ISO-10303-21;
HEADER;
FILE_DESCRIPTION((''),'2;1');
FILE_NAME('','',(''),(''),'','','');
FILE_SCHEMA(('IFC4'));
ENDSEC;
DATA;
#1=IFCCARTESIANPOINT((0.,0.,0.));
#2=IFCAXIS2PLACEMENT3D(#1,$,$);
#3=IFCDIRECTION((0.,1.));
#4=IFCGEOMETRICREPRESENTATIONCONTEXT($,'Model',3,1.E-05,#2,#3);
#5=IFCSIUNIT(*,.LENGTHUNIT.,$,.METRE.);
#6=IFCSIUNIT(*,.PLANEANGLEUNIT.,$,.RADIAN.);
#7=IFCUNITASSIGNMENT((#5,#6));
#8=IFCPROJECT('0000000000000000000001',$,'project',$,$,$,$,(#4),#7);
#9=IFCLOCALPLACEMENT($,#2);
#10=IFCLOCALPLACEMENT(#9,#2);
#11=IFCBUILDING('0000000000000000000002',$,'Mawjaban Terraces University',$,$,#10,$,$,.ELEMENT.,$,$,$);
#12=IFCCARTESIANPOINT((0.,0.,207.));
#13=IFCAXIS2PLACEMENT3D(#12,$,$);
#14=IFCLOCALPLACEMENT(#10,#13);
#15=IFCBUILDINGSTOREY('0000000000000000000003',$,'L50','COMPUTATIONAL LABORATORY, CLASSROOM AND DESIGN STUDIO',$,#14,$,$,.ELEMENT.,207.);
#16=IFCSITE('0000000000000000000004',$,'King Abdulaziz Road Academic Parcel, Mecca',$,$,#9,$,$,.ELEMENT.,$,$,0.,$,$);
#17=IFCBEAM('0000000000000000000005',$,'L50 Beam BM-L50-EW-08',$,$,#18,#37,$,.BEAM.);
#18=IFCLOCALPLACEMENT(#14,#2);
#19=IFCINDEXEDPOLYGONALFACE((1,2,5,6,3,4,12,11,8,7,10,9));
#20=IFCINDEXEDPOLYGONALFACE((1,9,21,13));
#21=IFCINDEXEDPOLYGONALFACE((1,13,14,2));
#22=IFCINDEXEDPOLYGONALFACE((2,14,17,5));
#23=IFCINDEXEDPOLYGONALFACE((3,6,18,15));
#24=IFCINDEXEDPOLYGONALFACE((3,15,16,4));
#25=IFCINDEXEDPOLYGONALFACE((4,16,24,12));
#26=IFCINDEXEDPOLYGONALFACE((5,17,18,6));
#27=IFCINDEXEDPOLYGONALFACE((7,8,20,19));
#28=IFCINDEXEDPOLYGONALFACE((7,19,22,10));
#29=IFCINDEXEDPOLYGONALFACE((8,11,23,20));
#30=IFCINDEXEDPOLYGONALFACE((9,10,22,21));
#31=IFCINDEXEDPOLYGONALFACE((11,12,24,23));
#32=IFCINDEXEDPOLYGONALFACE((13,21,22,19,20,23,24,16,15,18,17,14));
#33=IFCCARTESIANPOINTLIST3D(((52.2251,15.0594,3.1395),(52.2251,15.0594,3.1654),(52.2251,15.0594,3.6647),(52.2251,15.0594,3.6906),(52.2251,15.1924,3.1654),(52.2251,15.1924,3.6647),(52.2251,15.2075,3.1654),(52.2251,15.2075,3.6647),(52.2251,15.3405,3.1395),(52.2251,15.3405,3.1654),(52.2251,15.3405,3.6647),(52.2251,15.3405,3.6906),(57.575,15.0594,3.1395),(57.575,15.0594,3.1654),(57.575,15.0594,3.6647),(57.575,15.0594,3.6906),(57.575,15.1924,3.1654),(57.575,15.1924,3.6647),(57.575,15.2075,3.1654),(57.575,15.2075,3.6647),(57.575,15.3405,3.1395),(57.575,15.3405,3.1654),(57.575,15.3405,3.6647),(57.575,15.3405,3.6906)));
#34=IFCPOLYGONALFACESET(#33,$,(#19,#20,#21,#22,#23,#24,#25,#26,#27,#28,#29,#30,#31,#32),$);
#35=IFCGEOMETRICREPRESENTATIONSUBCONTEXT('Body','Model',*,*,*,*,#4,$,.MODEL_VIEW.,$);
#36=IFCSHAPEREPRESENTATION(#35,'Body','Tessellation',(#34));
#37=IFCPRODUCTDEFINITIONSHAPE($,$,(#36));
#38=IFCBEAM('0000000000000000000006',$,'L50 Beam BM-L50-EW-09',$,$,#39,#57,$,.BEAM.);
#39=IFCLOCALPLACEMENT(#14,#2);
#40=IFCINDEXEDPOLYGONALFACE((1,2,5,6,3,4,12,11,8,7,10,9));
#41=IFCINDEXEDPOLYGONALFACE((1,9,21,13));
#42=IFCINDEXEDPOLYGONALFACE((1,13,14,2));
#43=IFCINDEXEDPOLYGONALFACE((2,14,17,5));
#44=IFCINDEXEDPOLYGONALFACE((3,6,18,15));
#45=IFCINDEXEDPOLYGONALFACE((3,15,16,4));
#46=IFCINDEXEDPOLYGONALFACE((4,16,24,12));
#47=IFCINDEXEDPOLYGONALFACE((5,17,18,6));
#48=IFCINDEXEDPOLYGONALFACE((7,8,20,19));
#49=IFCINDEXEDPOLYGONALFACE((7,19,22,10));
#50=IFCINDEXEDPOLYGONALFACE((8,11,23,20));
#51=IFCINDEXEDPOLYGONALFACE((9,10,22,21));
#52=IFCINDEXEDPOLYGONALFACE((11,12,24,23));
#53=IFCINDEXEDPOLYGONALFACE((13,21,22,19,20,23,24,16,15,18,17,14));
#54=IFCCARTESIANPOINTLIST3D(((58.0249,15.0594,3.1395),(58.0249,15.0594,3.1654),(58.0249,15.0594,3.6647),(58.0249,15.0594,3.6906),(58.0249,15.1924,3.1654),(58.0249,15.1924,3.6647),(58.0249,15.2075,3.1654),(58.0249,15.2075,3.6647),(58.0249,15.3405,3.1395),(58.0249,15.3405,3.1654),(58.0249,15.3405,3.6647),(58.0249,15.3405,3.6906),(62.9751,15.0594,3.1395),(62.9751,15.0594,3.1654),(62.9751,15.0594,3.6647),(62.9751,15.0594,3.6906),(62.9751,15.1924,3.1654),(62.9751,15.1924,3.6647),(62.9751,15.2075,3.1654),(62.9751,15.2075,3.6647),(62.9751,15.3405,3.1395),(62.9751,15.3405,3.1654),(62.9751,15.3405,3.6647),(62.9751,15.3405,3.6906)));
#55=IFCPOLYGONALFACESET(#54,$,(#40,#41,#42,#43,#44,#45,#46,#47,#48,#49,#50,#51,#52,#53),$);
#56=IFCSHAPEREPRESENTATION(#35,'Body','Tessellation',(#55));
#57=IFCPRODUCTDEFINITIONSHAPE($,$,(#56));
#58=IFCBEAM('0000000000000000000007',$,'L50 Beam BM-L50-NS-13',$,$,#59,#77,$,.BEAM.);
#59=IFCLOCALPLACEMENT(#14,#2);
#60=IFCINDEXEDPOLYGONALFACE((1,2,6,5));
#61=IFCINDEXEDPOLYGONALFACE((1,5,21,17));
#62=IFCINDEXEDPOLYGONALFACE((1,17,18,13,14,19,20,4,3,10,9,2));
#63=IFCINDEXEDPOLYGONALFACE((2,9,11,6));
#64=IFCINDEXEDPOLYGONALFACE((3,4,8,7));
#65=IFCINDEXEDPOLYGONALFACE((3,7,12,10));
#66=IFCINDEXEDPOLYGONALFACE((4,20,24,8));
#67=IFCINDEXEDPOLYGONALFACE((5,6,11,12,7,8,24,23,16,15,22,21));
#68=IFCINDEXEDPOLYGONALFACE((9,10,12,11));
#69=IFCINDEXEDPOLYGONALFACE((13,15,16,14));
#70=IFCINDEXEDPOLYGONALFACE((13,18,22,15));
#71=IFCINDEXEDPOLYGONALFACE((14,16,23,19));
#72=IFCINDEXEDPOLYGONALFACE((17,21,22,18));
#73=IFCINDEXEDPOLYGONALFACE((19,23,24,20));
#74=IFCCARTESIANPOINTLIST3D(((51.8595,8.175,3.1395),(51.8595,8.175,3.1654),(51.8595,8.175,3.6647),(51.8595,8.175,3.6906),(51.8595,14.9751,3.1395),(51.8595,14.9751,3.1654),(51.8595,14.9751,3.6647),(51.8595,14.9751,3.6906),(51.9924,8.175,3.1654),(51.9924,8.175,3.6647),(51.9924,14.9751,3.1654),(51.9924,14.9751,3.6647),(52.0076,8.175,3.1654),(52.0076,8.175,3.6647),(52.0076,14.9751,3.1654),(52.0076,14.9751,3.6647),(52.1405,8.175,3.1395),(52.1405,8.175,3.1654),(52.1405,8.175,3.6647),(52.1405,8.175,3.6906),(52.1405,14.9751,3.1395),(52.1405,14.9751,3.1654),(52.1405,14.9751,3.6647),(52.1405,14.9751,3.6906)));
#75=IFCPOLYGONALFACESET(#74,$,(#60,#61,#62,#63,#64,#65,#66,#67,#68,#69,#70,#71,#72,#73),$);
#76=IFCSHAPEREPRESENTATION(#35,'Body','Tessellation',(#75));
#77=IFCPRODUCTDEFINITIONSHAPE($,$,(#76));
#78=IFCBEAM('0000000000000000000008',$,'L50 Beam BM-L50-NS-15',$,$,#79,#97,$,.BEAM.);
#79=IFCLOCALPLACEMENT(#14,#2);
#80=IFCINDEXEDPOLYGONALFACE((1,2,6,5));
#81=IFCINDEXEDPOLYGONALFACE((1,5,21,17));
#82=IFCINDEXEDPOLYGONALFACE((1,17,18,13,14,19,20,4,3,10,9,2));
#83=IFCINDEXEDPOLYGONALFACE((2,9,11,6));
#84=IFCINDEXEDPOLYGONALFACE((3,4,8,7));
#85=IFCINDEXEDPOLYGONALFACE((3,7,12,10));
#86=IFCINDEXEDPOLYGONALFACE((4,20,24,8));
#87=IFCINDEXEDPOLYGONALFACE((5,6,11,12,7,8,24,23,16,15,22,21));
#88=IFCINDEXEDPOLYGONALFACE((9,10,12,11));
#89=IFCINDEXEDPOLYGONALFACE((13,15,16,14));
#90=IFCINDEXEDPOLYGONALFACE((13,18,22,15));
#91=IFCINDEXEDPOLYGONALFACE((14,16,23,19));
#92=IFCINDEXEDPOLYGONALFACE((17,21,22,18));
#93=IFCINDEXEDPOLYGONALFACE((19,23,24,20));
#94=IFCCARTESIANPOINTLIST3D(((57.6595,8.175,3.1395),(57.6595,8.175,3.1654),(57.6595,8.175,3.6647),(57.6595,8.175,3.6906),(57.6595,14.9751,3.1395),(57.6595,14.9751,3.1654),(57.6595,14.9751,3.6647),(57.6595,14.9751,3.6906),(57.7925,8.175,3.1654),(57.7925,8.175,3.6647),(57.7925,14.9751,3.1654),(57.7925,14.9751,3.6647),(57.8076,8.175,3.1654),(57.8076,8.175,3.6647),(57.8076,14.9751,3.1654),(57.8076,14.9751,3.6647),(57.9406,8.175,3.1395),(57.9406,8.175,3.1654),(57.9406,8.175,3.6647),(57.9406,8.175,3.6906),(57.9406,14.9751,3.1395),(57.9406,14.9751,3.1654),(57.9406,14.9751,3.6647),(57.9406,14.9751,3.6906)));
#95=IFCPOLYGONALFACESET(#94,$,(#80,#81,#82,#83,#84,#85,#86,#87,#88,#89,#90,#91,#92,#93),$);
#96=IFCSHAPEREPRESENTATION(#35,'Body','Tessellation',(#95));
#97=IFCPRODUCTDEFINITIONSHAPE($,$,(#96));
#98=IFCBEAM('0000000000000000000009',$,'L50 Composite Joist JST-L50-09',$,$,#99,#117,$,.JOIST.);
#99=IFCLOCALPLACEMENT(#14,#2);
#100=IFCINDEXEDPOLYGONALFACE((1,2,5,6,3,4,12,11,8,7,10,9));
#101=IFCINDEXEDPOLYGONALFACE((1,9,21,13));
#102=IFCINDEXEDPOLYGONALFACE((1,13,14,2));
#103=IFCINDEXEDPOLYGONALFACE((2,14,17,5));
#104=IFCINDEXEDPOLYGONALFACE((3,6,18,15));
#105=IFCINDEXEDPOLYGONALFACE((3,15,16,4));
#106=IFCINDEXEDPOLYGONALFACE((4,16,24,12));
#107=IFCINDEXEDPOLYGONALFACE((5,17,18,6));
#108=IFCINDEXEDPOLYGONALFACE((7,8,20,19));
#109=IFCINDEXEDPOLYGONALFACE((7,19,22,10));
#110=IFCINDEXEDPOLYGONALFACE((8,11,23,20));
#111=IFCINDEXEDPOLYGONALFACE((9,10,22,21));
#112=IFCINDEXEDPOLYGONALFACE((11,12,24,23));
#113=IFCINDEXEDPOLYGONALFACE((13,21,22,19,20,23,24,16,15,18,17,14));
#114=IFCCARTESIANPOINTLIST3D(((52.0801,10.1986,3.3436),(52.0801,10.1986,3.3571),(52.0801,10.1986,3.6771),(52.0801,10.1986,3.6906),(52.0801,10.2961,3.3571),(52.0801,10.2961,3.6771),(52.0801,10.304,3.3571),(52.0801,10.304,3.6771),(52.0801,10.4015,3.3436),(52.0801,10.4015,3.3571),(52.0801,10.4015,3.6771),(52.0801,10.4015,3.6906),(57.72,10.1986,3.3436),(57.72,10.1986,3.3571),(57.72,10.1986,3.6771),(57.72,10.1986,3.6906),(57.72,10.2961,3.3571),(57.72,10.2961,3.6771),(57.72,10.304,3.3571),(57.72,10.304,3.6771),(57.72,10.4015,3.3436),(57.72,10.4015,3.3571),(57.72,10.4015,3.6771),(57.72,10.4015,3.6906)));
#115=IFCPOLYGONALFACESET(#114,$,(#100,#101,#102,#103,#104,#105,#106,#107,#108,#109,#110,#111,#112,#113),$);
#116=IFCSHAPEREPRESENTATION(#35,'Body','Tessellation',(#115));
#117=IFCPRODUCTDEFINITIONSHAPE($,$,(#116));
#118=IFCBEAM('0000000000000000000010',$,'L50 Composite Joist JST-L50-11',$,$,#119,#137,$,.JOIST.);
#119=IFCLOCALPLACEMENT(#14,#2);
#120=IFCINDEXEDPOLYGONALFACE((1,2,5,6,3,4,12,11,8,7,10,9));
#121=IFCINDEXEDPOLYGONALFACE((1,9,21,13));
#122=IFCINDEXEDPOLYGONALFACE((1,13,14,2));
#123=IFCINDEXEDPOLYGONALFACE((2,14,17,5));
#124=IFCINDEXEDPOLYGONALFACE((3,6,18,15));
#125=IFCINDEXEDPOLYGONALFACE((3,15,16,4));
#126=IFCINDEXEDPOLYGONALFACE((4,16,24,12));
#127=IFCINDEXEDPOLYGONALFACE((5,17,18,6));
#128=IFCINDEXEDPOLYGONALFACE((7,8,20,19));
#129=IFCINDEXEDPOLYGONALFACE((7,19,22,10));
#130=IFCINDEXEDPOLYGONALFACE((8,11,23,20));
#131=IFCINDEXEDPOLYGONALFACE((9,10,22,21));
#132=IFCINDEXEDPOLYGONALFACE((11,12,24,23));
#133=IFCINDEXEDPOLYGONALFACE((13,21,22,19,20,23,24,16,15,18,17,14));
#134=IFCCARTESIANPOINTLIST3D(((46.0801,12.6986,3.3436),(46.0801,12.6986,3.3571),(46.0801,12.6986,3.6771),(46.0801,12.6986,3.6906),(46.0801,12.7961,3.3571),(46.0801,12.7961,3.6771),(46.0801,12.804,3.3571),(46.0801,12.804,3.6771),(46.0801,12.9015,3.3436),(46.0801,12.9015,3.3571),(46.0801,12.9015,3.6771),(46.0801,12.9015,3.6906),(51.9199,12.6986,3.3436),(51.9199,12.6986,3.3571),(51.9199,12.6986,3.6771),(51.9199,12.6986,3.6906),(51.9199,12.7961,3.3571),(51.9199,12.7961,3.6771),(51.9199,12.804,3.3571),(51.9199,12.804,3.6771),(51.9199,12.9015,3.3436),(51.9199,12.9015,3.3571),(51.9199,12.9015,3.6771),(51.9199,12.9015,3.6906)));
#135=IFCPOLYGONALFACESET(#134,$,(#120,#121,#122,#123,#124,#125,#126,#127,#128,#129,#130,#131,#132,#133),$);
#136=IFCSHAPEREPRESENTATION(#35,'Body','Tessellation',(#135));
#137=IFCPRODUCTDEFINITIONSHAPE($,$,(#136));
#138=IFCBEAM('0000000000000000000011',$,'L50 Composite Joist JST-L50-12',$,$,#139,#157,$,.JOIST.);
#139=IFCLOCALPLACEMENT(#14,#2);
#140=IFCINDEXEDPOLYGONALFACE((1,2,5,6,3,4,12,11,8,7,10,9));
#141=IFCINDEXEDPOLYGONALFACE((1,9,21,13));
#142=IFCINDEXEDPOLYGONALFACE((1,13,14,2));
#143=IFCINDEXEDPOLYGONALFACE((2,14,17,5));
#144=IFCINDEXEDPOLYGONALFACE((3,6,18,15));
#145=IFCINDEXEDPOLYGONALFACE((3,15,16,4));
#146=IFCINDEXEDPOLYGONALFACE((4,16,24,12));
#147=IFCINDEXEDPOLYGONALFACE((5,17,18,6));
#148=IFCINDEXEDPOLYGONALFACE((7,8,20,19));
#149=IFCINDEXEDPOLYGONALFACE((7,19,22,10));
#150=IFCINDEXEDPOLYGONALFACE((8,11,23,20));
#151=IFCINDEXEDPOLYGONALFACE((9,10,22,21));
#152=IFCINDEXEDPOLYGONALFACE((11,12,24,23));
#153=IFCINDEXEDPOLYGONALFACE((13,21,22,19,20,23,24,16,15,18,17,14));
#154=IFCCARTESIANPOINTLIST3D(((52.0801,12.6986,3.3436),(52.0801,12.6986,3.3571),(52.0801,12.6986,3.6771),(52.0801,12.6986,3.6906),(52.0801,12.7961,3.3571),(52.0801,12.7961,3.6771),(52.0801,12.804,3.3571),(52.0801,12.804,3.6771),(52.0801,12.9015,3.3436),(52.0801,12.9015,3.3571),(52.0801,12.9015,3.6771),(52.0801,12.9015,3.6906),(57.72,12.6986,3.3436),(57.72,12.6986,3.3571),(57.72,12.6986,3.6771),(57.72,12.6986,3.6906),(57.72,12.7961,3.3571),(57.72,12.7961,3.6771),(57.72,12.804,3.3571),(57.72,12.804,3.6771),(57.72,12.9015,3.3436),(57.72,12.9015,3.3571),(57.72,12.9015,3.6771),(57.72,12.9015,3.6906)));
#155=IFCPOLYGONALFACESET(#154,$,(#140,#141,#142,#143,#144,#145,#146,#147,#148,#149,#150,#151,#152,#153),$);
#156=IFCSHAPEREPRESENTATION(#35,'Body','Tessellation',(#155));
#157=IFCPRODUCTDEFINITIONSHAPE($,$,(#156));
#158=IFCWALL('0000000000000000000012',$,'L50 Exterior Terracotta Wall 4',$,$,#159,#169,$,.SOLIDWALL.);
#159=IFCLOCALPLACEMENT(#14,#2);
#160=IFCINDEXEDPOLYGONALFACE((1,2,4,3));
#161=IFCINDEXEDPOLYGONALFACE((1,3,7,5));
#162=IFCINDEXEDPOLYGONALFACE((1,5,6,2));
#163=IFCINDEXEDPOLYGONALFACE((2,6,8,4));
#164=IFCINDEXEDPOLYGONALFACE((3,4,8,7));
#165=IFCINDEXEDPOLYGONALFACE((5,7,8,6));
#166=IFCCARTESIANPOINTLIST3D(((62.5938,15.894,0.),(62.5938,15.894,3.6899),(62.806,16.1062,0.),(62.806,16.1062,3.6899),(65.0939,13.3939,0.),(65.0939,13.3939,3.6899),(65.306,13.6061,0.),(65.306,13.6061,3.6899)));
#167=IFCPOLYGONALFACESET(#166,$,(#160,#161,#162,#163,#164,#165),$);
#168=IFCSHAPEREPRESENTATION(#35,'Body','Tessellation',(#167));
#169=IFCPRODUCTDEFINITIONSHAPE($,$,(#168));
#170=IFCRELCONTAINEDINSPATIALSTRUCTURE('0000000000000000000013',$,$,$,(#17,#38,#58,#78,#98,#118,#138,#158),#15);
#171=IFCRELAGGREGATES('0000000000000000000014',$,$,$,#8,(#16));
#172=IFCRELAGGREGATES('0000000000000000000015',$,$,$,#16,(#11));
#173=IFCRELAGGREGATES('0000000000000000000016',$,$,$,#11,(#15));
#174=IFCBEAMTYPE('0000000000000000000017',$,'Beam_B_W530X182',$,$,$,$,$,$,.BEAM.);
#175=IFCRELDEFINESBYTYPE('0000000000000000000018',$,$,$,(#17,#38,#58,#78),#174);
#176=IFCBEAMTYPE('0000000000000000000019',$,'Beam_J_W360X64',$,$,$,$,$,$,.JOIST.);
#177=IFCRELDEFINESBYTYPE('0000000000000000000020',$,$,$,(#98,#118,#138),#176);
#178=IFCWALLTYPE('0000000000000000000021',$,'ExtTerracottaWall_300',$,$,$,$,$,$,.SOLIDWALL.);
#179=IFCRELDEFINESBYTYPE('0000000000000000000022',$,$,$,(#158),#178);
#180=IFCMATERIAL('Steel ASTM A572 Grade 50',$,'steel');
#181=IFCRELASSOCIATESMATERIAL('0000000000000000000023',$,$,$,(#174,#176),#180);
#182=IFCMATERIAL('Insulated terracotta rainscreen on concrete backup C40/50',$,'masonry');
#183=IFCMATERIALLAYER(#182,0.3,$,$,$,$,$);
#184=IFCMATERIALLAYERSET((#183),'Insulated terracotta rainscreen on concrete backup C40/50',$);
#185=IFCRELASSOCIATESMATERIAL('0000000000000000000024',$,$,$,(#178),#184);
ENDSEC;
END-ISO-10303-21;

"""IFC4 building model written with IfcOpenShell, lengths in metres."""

from ifc_helpers import new_model, si_unit, direction, frame, frame_2d, origin, origin_2d, place, context, subcontext, project, spatial, rectangle, i_section, extrude, material, layer, layer_set, material_profile, profile_set, type_object, element, save


model = new_model("IFC4")

# Units and contexts
model_context = context("Model", 3, precision=1e-05, world=origin(), true_north=direction((0.0, 1.0)))
body_context = subcontext(model_context, "Body", "Model", "MODEL_VIEW")
ifc_project = project(units=[si_unit("LENGTHUNIT", "METRE"), si_unit("PLANEANGLEUNIT", "RADIAN")], contexts=[model_context])

# Site, building, storey
site_placement = place(None, origin())
site = spatial("IfcSite", under=ifc_project, at=site_placement, Name="King Abdulaziz Road Academic Parcel, Mecca", CompositionType="ELEMENT", RefElevation=0.0)
building_placement = place(site_placement, origin())
building = spatial("IfcBuilding", under=site, at=building_placement, Name="Mawjaban Terraces University", CompositionType="ELEMENT")
storey_placement = place(building_placement, frame((0.0, 0.0, 207.0)))
storey = spatial("IfcBuildingStorey", under=building, at=storey_placement, Name="L50", Description="COMPUTATIONAL LABORATORY, CLASSROOM AND DESIGN STUDIO", CompositionType="ELEMENT", Elevation=207.0)

# Beams
ifc_material_1 = material(Name="Steel ASTM A572 Grade 50", Category="steel")
ifc_material_profile_1 = material_profile(ifc_material_1, i_section(OverallWidth=0.281, OverallDepth=0.551, WebThickness=0.0151, FlangeThickness=0.0259, at=origin_2d()), Name="W530X182")
ifc_profile_set_1 = profile_set([ifc_material_profile_1], Name="Steel ASTM A572 Grade 50")
beam_type_1 = type_object("IfcBeamType", Name="Beam_B_W530X182", PredefinedType="BEAM", material=ifc_profile_set_1)
beam_1_placement = place(storey_placement, frame((52.2251, 15.2, 3.415), z_axis=(1.0, 0.0, 0.0), x_axis=(0.0, 1.0, 0.0)))
element("IfcBeam", 1, at=beam_1_placement, inside=storey, type_object=beam_type_1, Name="L50 Beam BM-L50-EW-08", PredefinedType="BEAM", context=body_context, shape_type="SweptSolid", body=[
    extrude(i_section(OverallWidth=0.281, OverallDepth=0.551, WebThickness=0.0151, FlangeThickness=0.0259, at=origin_2d()), origin(), (0.0, 0.0, 1.0), 5.3499),
])
beam_2_placement = place(storey_placement, frame((58.0249, 15.2, 3.415), z_axis=(1.0, 0.0, 0.0), x_axis=(0.0, 1.0, 0.0)))
element("IfcBeam", 2, at=beam_2_placement, inside=storey, type_object=beam_type_1, Name="L50 Beam BM-L50-EW-09", PredefinedType="BEAM", context=body_context, shape_type="SweptSolid", body=[
    extrude(i_section(OverallWidth=0.281, OverallDepth=0.551, WebThickness=0.0151, FlangeThickness=0.0259, at=origin_2d()), origin(), (0.0, 0.0, 1.0), 4.9502),
])
for number, where, z_axis, x_axis, name in (
    (3, (52.0, 8.175, 3.415), (0.0, 1.0, 0.0), (-1.0, 0.0, 0.0), "L50 Beam BM-L50-NS-13"),
    (4, (57.8, 8.175, 3.415), (0.0, 1.0, 0.0), (-1.0, 0.0, 0.0), "L50 Beam BM-L50-NS-15"),
):
    element("IfcBeam", number, at=place(storey_placement, frame(where, z_axis=z_axis, x_axis=x_axis)), inside=storey, type_object=beam_type_1, Name=name, PredefinedType="BEAM", context=body_context, shape_type="SweptSolid", body=[
        extrude(i_section(OverallWidth=0.281, OverallDepth=0.551, WebThickness=0.0151, FlangeThickness=0.0259, at=origin_2d()), origin(), (0.0, 0.0, 1.0), 6.8),
    ])
ifc_material_profile_2 = material_profile(ifc_material_1, i_section(OverallWidth=0.2029, OverallDepth=0.3469, WebThickness=0.0078, FlangeThickness=0.0134, at=origin_2d()), Name="W360X64")
ifc_profile_set_2 = profile_set([ifc_material_profile_2], Name="Steel ASTM A572 Grade 50")
beam_type_2 = type_object("IfcBeamType", Name="Beam_J_W360X64", PredefinedType="JOIST", material=ifc_profile_set_2)
beam_3_placement = place(storey_placement, frame((52.0801, 10.3, 3.5171), z_axis=(1.0, 0.0, 0.0), x_axis=(0.0, 1.0, 0.0)))
element("IfcBeam", 5, at=beam_3_placement, inside=storey, type_object=beam_type_2, Name="L50 Composite Joist JST-L50-09", PredefinedType="JOIST", context=body_context, shape_type="SweptSolid", body=[
    extrude(i_section(OverallWidth=0.2029, OverallDepth=0.3469, WebThickness=0.0078, FlangeThickness=0.0134, at=origin_2d()), origin(), (0.0, 0.0, 1.0), 5.6399),
])
beam_4_placement = place(storey_placement, frame((46.0801, 12.8, 3.5171), z_axis=(1.0, 0.0, 0.0), x_axis=(0.0, 1.0, 0.0)))
element("IfcBeam", 6, at=beam_4_placement, inside=storey, type_object=beam_type_2, Name="L50 Composite Joist JST-L50-11", PredefinedType="JOIST", context=body_context, shape_type="SweptSolid", body=[
    extrude(i_section(OverallWidth=0.2029, OverallDepth=0.3469, WebThickness=0.0078, FlangeThickness=0.0134, at=origin_2d()), origin(), (0.0, 0.0, 1.0), 5.8398),
])
beam_5_placement = place(storey_placement, frame((52.0801, 12.8, 3.5171), z_axis=(1.0, 0.0, 0.0), x_axis=(0.0, 1.0, 0.0)))
element("IfcBeam", 7, at=beam_5_placement, inside=storey, type_object=beam_type_2, Name="L50 Composite Joist JST-L50-12", PredefinedType="JOIST", context=body_context, shape_type="SweptSolid", body=[
    extrude(i_section(OverallWidth=0.2029, OverallDepth=0.3469, WebThickness=0.0078, FlangeThickness=0.0134, at=origin_2d()), origin(), (0.0, 0.0, 1.0), 5.6399),
])

# Wall
ifc_material_2 = material(Name="Insulated terracotta rainscreen on concrete backup C40/50", Category="masonry")
ifc_layer = layer(ifc_material_2, 0.3)
ifc_layer_set = layer_set([ifc_layer], Name="Insulated terracotta rainscreen on concrete backup C40/50")
wall_type = type_object("IfcWallType", Name="ExtTerracottaWall_300", PredefinedType="SOLIDWALL", material=ifc_layer_set)
wall_1_placement = place(storey_placement, frame((65.2, 13.5, 0.0), z_axis=(0.0, 0.0, 1.0), x_axis=(-0.707107, 0.707107, 0.0)))
element("IfcWall", 8, at=wall_1_placement, inside=storey, type_object=wall_type, Name="L50 Exterior Terracotta Wall 4", PredefinedType="SOLIDWALL", context=body_context, shape_type="SweptSolid", body=[
    extrude(rectangle(XDim=3.5356, YDim=0.3, at=frame_2d((1.7678, 0.0))), origin(), (0.0, 0.0, 1.0), 3.6899),
])

save(model, "model.ifc")
